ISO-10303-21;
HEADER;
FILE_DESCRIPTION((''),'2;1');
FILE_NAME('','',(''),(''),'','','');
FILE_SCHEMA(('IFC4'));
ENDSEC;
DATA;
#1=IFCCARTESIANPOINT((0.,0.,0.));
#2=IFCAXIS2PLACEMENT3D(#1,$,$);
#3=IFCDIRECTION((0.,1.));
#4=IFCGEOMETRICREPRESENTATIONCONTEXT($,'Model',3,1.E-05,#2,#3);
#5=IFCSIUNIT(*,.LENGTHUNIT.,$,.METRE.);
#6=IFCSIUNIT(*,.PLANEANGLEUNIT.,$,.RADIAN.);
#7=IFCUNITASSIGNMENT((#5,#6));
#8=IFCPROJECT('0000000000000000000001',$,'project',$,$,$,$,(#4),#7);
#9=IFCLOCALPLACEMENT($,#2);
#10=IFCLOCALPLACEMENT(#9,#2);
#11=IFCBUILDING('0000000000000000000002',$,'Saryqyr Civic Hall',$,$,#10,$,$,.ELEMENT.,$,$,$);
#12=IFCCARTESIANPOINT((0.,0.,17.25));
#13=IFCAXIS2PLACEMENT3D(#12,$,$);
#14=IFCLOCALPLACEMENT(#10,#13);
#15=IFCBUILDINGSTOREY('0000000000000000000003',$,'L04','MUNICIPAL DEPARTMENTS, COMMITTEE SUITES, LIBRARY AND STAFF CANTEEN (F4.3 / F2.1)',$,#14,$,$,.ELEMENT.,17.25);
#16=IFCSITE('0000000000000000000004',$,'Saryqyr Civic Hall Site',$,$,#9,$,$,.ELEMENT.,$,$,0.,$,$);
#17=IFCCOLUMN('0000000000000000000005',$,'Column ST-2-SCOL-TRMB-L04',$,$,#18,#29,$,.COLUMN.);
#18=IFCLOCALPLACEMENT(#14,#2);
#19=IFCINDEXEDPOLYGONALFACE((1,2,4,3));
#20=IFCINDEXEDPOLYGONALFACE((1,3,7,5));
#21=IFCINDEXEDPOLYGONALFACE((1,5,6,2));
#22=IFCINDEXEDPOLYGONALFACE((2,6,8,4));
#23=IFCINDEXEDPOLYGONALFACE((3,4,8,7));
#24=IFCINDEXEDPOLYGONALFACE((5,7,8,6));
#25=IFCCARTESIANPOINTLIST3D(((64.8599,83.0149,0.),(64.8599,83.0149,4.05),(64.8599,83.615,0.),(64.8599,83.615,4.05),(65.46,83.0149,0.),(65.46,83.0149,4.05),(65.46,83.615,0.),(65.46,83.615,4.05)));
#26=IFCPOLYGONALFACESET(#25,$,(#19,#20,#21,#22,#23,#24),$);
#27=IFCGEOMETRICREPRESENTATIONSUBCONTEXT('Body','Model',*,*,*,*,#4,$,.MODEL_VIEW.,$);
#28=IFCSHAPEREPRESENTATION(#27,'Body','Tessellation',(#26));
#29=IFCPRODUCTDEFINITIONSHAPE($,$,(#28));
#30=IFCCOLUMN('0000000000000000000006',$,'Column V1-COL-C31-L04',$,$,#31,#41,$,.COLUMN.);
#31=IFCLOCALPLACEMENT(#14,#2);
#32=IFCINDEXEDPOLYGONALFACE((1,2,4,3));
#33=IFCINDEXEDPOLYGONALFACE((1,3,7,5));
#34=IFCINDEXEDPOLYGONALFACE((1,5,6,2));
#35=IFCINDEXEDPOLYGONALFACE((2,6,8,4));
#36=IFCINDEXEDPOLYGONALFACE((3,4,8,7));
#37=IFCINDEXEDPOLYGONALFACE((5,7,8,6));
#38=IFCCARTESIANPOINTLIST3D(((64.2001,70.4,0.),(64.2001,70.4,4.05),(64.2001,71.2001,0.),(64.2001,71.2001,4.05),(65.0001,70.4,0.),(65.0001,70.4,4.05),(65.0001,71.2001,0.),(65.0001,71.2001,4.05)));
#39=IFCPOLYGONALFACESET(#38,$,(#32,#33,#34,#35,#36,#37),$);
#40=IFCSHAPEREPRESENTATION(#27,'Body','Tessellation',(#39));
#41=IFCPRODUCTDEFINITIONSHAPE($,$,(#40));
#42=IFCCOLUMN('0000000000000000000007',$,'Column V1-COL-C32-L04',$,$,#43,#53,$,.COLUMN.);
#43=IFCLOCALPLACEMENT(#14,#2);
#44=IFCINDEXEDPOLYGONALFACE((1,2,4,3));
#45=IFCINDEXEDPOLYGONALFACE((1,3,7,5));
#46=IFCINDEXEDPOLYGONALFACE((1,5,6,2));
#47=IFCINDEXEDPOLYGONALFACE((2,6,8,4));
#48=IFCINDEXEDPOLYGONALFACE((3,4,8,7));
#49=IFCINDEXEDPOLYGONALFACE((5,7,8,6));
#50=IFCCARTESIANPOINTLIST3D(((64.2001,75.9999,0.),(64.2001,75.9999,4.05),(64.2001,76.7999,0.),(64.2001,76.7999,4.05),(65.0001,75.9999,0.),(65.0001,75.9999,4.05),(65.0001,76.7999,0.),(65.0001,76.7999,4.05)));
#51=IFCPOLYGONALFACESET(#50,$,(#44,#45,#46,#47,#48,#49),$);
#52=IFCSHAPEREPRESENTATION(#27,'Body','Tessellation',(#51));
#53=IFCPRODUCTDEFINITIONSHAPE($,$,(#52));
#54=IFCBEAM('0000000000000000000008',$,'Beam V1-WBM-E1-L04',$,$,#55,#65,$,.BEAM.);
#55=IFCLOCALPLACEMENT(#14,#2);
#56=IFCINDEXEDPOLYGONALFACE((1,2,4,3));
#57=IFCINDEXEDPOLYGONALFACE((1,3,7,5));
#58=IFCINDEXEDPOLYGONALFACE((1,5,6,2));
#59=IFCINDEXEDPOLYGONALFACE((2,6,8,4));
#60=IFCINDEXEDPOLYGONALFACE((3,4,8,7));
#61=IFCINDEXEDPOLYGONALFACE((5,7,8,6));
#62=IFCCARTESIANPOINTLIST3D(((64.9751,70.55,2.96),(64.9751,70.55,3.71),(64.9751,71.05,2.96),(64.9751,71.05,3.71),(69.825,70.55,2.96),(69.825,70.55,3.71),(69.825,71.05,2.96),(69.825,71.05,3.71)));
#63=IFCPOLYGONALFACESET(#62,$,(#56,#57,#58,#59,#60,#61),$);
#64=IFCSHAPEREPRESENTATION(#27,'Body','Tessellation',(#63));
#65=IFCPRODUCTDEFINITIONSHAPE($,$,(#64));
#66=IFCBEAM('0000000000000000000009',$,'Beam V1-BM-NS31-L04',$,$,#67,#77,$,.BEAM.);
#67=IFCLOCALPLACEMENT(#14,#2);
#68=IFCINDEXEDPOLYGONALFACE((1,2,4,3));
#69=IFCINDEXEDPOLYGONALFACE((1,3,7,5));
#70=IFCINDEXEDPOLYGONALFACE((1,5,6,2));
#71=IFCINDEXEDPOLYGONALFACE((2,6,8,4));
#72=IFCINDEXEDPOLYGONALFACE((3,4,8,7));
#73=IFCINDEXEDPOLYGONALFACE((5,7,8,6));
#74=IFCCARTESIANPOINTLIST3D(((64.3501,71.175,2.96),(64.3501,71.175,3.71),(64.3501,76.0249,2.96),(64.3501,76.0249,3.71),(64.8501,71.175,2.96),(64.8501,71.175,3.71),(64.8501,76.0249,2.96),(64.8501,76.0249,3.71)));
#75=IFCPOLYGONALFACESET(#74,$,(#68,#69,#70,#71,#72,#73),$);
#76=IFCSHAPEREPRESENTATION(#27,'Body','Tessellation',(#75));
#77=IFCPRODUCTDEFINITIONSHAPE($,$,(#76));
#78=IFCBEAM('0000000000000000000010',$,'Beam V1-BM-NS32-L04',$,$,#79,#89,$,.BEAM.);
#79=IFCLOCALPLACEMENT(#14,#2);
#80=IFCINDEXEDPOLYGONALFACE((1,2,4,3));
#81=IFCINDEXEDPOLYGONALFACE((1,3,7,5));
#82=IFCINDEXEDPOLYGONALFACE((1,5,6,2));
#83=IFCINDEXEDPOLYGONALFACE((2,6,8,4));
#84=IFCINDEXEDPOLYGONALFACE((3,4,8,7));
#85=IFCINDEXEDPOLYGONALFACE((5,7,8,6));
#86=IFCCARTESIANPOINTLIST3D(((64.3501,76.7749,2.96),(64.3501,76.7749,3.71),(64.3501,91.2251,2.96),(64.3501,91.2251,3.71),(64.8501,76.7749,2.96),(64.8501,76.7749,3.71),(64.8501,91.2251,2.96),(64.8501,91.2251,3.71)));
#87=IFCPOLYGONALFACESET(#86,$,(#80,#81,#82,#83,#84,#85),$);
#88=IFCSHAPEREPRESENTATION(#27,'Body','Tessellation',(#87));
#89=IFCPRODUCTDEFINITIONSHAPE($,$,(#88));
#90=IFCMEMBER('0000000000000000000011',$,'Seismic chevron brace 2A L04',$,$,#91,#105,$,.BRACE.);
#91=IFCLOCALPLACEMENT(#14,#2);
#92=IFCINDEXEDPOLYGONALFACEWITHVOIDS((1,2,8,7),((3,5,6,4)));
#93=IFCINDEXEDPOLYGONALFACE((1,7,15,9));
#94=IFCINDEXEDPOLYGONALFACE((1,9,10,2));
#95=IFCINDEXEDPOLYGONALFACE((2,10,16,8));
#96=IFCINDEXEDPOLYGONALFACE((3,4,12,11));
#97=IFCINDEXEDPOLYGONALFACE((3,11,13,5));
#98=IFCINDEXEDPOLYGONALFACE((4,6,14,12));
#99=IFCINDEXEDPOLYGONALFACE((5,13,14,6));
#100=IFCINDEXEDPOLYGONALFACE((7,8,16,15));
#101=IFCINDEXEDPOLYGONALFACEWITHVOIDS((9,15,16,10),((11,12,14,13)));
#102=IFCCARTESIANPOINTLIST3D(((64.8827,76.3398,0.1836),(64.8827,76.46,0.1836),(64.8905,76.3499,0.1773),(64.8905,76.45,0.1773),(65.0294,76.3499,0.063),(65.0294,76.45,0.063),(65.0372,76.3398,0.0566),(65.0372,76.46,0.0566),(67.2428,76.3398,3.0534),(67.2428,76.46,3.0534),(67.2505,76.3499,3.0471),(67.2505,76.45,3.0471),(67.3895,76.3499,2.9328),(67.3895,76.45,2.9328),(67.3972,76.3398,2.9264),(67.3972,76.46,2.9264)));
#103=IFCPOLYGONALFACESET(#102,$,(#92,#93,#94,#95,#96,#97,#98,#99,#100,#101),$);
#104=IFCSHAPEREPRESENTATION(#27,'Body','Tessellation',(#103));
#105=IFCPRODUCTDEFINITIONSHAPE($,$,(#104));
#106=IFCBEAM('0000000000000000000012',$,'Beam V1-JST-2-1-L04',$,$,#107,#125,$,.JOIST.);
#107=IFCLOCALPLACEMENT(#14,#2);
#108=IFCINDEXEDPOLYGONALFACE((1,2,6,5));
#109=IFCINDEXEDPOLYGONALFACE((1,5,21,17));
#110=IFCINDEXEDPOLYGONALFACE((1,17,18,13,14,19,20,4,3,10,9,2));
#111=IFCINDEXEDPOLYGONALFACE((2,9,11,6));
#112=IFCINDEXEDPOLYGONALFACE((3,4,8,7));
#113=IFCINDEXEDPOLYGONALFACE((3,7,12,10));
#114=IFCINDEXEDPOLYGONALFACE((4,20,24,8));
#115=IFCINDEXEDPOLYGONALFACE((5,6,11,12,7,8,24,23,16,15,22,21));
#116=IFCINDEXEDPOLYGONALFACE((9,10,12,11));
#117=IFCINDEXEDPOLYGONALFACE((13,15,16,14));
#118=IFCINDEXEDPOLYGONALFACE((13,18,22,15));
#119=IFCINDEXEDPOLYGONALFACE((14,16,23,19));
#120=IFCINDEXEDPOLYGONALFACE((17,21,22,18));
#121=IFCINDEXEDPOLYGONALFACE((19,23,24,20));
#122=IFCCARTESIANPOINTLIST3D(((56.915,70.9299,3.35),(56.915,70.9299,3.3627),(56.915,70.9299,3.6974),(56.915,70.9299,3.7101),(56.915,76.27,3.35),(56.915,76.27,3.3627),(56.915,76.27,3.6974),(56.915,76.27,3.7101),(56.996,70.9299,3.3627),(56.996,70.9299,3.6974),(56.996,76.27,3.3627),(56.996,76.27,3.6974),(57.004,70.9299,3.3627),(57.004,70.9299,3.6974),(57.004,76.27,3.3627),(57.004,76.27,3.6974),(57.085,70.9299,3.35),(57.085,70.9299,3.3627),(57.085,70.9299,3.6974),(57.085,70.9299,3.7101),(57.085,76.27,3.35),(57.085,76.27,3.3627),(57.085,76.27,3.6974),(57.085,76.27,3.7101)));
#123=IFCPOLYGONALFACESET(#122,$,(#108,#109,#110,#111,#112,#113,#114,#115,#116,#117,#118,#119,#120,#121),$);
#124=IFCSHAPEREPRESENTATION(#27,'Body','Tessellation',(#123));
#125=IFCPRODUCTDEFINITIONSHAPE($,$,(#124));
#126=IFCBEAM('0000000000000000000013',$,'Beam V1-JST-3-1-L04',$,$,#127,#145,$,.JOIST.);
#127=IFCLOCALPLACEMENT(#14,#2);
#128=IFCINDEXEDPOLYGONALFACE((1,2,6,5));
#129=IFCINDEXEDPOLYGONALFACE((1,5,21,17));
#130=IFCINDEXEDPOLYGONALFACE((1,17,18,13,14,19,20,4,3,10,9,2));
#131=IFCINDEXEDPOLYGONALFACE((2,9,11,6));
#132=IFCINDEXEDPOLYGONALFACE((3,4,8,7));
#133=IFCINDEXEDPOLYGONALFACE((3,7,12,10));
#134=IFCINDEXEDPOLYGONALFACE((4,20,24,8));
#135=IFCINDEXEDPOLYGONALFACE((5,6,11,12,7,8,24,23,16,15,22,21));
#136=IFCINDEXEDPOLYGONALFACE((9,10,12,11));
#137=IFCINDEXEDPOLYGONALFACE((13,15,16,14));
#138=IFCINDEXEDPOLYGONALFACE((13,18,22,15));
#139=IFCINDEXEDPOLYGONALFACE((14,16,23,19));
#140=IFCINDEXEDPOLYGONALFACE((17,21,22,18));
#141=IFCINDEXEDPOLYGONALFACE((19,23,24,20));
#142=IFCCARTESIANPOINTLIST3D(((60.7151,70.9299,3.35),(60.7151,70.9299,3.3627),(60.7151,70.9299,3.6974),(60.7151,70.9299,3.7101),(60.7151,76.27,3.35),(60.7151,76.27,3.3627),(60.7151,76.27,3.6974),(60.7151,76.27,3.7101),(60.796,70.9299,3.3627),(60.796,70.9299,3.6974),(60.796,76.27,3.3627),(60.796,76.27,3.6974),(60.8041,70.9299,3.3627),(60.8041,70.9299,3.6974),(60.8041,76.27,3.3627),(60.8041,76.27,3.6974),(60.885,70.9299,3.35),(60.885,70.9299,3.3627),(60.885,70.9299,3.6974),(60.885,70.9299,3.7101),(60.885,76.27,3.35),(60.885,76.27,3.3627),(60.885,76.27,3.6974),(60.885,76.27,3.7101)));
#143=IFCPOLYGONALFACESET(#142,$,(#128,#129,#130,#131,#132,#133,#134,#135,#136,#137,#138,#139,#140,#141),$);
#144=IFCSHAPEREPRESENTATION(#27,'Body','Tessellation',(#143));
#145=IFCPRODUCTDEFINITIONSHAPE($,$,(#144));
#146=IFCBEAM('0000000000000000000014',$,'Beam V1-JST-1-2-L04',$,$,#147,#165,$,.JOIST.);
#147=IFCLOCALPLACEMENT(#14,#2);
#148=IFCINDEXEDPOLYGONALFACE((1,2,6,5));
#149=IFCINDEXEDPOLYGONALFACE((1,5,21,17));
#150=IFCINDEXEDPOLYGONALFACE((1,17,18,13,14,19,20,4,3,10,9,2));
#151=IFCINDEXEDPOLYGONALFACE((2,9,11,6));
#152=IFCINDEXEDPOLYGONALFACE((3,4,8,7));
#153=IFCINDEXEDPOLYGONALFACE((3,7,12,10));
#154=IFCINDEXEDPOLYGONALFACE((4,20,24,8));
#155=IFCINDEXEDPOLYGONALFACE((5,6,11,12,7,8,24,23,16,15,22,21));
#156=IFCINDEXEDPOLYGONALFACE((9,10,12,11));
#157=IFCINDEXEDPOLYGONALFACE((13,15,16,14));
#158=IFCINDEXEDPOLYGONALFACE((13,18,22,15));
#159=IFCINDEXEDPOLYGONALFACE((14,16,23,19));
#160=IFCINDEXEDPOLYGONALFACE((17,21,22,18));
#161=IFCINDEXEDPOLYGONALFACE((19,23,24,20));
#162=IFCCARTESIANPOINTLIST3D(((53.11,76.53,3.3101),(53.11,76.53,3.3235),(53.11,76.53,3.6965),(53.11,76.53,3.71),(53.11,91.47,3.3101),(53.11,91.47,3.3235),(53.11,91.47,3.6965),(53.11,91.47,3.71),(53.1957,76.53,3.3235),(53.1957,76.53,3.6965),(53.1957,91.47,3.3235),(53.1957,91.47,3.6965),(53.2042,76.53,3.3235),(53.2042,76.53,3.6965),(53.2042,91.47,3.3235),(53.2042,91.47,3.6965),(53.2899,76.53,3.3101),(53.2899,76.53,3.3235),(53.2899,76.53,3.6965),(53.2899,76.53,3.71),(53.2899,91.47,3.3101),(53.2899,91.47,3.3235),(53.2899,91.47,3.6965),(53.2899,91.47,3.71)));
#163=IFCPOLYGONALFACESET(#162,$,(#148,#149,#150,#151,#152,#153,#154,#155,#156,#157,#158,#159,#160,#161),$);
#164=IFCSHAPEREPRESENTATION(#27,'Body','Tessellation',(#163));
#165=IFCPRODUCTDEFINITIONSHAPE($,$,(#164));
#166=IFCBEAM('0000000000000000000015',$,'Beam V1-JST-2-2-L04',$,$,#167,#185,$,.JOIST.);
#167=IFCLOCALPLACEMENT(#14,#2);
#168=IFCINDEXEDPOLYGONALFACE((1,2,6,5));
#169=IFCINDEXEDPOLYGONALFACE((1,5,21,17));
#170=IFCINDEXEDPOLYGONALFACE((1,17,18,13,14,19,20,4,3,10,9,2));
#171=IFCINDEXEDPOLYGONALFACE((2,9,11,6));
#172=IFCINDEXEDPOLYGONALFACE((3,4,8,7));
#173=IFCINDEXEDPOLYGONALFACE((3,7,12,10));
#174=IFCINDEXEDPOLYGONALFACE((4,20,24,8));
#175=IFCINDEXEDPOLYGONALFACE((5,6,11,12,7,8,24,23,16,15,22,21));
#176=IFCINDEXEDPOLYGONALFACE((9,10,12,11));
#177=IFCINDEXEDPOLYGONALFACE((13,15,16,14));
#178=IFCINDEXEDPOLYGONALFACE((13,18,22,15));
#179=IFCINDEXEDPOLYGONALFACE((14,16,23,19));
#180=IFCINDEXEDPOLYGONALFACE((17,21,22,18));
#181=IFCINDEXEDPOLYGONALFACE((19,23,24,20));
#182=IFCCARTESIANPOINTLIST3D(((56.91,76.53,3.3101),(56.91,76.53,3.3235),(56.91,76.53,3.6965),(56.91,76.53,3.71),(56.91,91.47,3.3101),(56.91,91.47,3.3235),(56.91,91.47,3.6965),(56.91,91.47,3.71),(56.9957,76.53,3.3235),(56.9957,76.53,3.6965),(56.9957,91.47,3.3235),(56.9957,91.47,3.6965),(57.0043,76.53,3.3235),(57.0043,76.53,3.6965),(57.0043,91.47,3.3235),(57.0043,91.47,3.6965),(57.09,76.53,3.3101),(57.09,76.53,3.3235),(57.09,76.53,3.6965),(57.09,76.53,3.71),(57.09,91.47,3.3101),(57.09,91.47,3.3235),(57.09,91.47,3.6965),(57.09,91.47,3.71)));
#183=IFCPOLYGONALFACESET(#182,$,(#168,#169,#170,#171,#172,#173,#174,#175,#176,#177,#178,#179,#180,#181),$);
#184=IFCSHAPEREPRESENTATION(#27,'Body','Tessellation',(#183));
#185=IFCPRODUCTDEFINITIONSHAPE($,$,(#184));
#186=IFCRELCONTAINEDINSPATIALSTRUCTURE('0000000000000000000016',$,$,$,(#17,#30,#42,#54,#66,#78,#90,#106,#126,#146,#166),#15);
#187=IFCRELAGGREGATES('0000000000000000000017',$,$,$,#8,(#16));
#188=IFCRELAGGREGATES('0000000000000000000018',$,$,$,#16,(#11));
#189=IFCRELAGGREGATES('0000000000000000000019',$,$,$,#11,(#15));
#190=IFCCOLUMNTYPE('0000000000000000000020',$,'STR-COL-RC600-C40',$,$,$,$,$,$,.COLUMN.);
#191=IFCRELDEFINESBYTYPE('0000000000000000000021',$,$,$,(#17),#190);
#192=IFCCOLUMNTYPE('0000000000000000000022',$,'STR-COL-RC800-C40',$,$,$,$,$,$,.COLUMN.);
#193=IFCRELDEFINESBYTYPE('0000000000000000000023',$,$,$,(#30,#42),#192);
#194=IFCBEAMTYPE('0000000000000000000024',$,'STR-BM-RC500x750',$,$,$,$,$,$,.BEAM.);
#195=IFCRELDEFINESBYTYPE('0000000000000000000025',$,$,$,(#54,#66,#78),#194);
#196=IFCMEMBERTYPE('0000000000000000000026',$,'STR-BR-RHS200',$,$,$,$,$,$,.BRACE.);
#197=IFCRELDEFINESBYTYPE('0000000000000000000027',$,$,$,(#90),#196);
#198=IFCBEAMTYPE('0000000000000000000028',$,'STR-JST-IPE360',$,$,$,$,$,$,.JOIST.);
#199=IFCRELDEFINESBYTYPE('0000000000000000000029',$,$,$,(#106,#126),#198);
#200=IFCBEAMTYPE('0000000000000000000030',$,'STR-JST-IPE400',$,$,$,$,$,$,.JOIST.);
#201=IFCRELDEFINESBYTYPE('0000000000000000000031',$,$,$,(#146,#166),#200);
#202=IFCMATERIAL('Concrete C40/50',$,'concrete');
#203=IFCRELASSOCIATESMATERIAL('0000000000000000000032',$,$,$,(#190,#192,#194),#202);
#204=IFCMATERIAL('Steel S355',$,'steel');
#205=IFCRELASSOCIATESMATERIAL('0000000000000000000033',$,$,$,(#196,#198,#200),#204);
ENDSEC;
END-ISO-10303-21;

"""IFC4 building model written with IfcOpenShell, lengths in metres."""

from ifc_helpers import new_model, si_unit, direction, frame, origin, origin_2d, place, context, subcontext, project, spatial, rectangle, hollow_rectangle, i_section, extrude, material, material_profile, profile_set, type_object, element, save


model = new_model("IFC4")

# Units and contexts
model_context = context("Model", 3, precision=1e-05, world=origin(), true_north=direction((0.0, 1.0)))
body_context = subcontext(model_context, "Body", "Model", "MODEL_VIEW")
ifc_project = project(units=[si_unit("LENGTHUNIT", "METRE"), si_unit("PLANEANGLEUNIT", "RADIAN")], contexts=[model_context])

# Site, building, storey
site_placement = place(None, origin())
site = spatial("IfcSite", under=ifc_project, at=site_placement, Name="Saryqyr Civic Hall Site", CompositionType="ELEMENT", RefElevation=0.0)
building_placement = place(site_placement, origin())
building = spatial("IfcBuilding", under=site, at=building_placement, Name="Saryqyr Civic Hall", CompositionType="ELEMENT")
storey_placement = place(building_placement, frame((0.0, 0.0, 17.25)))
storey = spatial("IfcBuildingStorey", under=building, at=storey_placement, Name="L04", Description="MUNICIPAL DEPARTMENTS, COMMITTEE SUITES, LIBRARY AND STAFF CANTEEN (F4.3 / F2.1)", CompositionType="ELEMENT", Elevation=17.25)

# Columns
ifc_material_1 = material(Name="Concrete C40/50", Category="concrete")
ifc_material_profile_1 = material_profile(ifc_material_1, rectangle(XDim=0.6001, YDim=0.6001, at=origin_2d()), Name="RC 600x600")
ifc_profile_set_1 = profile_set([ifc_material_profile_1], Name="Concrete C40/50")
column_type_1 = type_object("IfcColumnType", Name="STR-COL-RC600-C40", PredefinedType="COLUMN", material=ifc_profile_set_1)
column_placement = place(storey_placement, frame((65.1599, 83.3149, 0.0), z_axis=(0.0, 0.0, 1.0), x_axis=(1.0, 0.0, 0.0)))
element("IfcColumn", 1, at=column_placement, inside=storey, type_object=column_type_1, Name="Column ST-2-SCOL-TRMB-L04", PredefinedType="COLUMN", context=body_context, shape_type="SweptSolid", body=[
    extrude(rectangle(XDim=0.6001, YDim=0.6001, at=origin_2d()), origin(), (0.0, 0.0, 1.0), 4.05),
])
ifc_material_profile_2 = material_profile(ifc_material_1, rectangle(XDim=0.8, YDim=0.8, at=origin_2d()), Name="RC 800x800")
ifc_profile_set_2 = profile_set([ifc_material_profile_2], Name="Concrete C40/50")
column_type_2 = type_object("IfcColumnType", Name="STR-COL-RC800-C40", PredefinedType="COLUMN", material=ifc_profile_set_2)
for number, where, z_axis, x_axis, name in (
    (2, (64.6001, 70.8, 0.0), (0.0, 0.0, 1.0), (1.0, 0.0, 0.0), "Column V1-COL-C31-L04"),
    (3, (64.6001, 76.3999, 0.0), (0.0, 0.0, 1.0), (1.0, 0.0, 0.0), "Column V1-COL-C32-L04"),
):
    element("IfcColumn", number, at=place(storey_placement, frame(where, z_axis=z_axis, x_axis=x_axis)), inside=storey, type_object=column_type_2, Name=name, PredefinedType="COLUMN", context=body_context, shape_type="SweptSolid", body=[
        extrude(rectangle(XDim=0.8, YDim=0.8, at=origin_2d()), origin(), (0.0, 0.0, 1.0), 4.05),
    ])

# Beams
ifc_material_profile_3 = material_profile(ifc_material_1, rectangle(XDim=0.5, YDim=0.75, at=origin_2d()), Name="RC 500x750")
ifc_profile_set_3 = profile_set([ifc_material_profile_3], Name="Concrete C40/50")
beam_type_1 = type_object("IfcBeamType", Name="STR-BM-RC500x750", PredefinedType="BEAM", material=ifc_profile_set_3)
for number, where, z_axis, x_axis, name in (
    (4, (64.9751, 70.8, 3.335), (1.0, 0.0, 0.0), (0.0, 1.0, 0.0), "Beam V1-WBM-E1-L04"),
    (5, (64.6001, 71.175, 3.335), (0.0, 1.0, 0.0), (-1.0, 0.0, 0.0), "Beam V1-BM-NS31-L04"),
):
    element("IfcBeam", number, at=place(storey_placement, frame(where, z_axis=z_axis, x_axis=x_axis)), inside=storey, type_object=beam_type_1, Name=name, PredefinedType="BEAM", context=body_context, shape_type="SweptSolid", body=[
        extrude(rectangle(XDim=0.5, YDim=0.75, at=origin_2d()), origin(), (0.0, 0.0, 1.0), 4.8499),
    ])
beam_placement = place(storey_placement, frame((64.6001, 76.7749, 3.335), z_axis=(0.0, 1.0, 0.0), x_axis=(-1.0, 0.0, 0.0)))
element("IfcBeam", 6, at=beam_placement, inside=storey, type_object=beam_type_1, Name="Beam V1-BM-NS32-L04", PredefinedType="BEAM", context=body_context, shape_type="SweptSolid", body=[
    extrude(rectangle(XDim=0.5, YDim=0.75, at=origin_2d()), origin(), (0.0, 0.0, 1.0), 14.4502),
])

# Member
ifc_material_2 = material(Name="Steel S355", Category="steel")
ifc_material_profile_4 = material_profile(ifc_material_2, hollow_rectangle(XDim=0.1201, YDim=0.2, WallThickness=0.01, at=origin_2d()), Name="RHS 200x120x10")
ifc_profile_set_4 = profile_set([ifc_material_profile_4], Name="Steel S355")
member_type = type_object("IfcMemberType", Name="STR-BR-RHS200", PredefinedType="BRACE", material=ifc_profile_set_4)
member_placement = place(storey_placement, frame((64.96, 76.3999, 0.1201), z_axis=(0.635175, 0.0, 0.772368), x_axis=(0.0, 1.0, 0.0)))
element("IfcMember", 7, at=member_placement, inside=storey, type_object=member_type, Name="Seismic chevron brace 2A L04", PredefinedType="BRACE", context=body_context, shape_type="SweptSolid", body=[
    extrude(hollow_rectangle(XDim=0.1201, YDim=0.2, WallThickness=0.01, at=origin_2d()), origin(), (0.0, 0.0, 1.0), 3.7156),
])

# Beams
ifc_material_profile_5 = material_profile(ifc_material_2, i_section(OverallWidth=0.1699, OverallDepth=0.3601, WebThickness=0.0081, FlangeThickness=0.0127, at=origin_2d()), Name="IPE 360")
ifc_profile_set_5 = profile_set([ifc_material_profile_5], Name="Steel S355")
beam_type_2 = type_object("IfcBeamType", Name="STR-JST-IPE360", PredefinedType="JOIST", material=ifc_profile_set_5)
for number, where, z_axis, x_axis, name in (
    (8, (57.0, 70.9299, 3.53), (0.0, 1.0, 0.0), (-1.0, 0.0, 0.0), "Beam V1-JST-2-1-L04"),
    (9, (60.8, 70.9299, 3.53), (0.0, 1.0, 0.0), (-1.0, 0.0, 0.0), "Beam V1-JST-3-1-L04"),
):
    element("IfcBeam", number, at=place(storey_placement, frame(where, z_axis=z_axis, x_axis=x_axis)), inside=storey, type_object=beam_type_2, Name=name, PredefinedType="JOIST", context=body_context, shape_type="SweptSolid", body=[
        extrude(i_section(OverallWidth=0.1699, OverallDepth=0.3601, WebThickness=0.0081, FlangeThickness=0.0127, at=origin_2d()), origin(), (0.0, 0.0, 1.0), 5.3401),
    ])
ifc_material_profile_6 = material_profile(ifc_material_2, i_section(OverallWidth=0.1799, OverallDepth=0.3999, WebThickness=0.0085, FlangeThickness=0.0134, at=origin_2d()), Name="IPE 400")
ifc_profile_set_6 = profile_set([ifc_material_profile_6], Name="Steel S355")
beam_type_3 = type_object("IfcBeamType", Name="STR-JST-IPE400", PredefinedType="JOIST", material=ifc_profile_set_6)
for number, where, z_axis, x_axis, name in (
    (10, (53.2, 76.53, 3.51), (0.0, 1.0, 0.0), (-1.0, 0.0, 0.0), "Beam V1-JST-1-2-L04"),
    (11, (57.0, 76.53, 3.51), (0.0, 1.0, 0.0), (-1.0, 0.0, 0.0), "Beam V1-JST-2-2-L04"),
):
    element("IfcBeam", number, at=place(storey_placement, frame(where, z_axis=z_axis, x_axis=x_axis)), inside=storey, type_object=beam_type_3, Name=name, PredefinedType="JOIST", context=body_context, shape_type="SweptSolid", body=[
        extrude(i_section(OverallWidth=0.1799, OverallDepth=0.3999, WebThickness=0.0085, FlangeThickness=0.0134, at=origin_2d()), origin(), (0.0, 0.0, 1.0), 14.9399),
    ])

save(model, "model.ifc")
